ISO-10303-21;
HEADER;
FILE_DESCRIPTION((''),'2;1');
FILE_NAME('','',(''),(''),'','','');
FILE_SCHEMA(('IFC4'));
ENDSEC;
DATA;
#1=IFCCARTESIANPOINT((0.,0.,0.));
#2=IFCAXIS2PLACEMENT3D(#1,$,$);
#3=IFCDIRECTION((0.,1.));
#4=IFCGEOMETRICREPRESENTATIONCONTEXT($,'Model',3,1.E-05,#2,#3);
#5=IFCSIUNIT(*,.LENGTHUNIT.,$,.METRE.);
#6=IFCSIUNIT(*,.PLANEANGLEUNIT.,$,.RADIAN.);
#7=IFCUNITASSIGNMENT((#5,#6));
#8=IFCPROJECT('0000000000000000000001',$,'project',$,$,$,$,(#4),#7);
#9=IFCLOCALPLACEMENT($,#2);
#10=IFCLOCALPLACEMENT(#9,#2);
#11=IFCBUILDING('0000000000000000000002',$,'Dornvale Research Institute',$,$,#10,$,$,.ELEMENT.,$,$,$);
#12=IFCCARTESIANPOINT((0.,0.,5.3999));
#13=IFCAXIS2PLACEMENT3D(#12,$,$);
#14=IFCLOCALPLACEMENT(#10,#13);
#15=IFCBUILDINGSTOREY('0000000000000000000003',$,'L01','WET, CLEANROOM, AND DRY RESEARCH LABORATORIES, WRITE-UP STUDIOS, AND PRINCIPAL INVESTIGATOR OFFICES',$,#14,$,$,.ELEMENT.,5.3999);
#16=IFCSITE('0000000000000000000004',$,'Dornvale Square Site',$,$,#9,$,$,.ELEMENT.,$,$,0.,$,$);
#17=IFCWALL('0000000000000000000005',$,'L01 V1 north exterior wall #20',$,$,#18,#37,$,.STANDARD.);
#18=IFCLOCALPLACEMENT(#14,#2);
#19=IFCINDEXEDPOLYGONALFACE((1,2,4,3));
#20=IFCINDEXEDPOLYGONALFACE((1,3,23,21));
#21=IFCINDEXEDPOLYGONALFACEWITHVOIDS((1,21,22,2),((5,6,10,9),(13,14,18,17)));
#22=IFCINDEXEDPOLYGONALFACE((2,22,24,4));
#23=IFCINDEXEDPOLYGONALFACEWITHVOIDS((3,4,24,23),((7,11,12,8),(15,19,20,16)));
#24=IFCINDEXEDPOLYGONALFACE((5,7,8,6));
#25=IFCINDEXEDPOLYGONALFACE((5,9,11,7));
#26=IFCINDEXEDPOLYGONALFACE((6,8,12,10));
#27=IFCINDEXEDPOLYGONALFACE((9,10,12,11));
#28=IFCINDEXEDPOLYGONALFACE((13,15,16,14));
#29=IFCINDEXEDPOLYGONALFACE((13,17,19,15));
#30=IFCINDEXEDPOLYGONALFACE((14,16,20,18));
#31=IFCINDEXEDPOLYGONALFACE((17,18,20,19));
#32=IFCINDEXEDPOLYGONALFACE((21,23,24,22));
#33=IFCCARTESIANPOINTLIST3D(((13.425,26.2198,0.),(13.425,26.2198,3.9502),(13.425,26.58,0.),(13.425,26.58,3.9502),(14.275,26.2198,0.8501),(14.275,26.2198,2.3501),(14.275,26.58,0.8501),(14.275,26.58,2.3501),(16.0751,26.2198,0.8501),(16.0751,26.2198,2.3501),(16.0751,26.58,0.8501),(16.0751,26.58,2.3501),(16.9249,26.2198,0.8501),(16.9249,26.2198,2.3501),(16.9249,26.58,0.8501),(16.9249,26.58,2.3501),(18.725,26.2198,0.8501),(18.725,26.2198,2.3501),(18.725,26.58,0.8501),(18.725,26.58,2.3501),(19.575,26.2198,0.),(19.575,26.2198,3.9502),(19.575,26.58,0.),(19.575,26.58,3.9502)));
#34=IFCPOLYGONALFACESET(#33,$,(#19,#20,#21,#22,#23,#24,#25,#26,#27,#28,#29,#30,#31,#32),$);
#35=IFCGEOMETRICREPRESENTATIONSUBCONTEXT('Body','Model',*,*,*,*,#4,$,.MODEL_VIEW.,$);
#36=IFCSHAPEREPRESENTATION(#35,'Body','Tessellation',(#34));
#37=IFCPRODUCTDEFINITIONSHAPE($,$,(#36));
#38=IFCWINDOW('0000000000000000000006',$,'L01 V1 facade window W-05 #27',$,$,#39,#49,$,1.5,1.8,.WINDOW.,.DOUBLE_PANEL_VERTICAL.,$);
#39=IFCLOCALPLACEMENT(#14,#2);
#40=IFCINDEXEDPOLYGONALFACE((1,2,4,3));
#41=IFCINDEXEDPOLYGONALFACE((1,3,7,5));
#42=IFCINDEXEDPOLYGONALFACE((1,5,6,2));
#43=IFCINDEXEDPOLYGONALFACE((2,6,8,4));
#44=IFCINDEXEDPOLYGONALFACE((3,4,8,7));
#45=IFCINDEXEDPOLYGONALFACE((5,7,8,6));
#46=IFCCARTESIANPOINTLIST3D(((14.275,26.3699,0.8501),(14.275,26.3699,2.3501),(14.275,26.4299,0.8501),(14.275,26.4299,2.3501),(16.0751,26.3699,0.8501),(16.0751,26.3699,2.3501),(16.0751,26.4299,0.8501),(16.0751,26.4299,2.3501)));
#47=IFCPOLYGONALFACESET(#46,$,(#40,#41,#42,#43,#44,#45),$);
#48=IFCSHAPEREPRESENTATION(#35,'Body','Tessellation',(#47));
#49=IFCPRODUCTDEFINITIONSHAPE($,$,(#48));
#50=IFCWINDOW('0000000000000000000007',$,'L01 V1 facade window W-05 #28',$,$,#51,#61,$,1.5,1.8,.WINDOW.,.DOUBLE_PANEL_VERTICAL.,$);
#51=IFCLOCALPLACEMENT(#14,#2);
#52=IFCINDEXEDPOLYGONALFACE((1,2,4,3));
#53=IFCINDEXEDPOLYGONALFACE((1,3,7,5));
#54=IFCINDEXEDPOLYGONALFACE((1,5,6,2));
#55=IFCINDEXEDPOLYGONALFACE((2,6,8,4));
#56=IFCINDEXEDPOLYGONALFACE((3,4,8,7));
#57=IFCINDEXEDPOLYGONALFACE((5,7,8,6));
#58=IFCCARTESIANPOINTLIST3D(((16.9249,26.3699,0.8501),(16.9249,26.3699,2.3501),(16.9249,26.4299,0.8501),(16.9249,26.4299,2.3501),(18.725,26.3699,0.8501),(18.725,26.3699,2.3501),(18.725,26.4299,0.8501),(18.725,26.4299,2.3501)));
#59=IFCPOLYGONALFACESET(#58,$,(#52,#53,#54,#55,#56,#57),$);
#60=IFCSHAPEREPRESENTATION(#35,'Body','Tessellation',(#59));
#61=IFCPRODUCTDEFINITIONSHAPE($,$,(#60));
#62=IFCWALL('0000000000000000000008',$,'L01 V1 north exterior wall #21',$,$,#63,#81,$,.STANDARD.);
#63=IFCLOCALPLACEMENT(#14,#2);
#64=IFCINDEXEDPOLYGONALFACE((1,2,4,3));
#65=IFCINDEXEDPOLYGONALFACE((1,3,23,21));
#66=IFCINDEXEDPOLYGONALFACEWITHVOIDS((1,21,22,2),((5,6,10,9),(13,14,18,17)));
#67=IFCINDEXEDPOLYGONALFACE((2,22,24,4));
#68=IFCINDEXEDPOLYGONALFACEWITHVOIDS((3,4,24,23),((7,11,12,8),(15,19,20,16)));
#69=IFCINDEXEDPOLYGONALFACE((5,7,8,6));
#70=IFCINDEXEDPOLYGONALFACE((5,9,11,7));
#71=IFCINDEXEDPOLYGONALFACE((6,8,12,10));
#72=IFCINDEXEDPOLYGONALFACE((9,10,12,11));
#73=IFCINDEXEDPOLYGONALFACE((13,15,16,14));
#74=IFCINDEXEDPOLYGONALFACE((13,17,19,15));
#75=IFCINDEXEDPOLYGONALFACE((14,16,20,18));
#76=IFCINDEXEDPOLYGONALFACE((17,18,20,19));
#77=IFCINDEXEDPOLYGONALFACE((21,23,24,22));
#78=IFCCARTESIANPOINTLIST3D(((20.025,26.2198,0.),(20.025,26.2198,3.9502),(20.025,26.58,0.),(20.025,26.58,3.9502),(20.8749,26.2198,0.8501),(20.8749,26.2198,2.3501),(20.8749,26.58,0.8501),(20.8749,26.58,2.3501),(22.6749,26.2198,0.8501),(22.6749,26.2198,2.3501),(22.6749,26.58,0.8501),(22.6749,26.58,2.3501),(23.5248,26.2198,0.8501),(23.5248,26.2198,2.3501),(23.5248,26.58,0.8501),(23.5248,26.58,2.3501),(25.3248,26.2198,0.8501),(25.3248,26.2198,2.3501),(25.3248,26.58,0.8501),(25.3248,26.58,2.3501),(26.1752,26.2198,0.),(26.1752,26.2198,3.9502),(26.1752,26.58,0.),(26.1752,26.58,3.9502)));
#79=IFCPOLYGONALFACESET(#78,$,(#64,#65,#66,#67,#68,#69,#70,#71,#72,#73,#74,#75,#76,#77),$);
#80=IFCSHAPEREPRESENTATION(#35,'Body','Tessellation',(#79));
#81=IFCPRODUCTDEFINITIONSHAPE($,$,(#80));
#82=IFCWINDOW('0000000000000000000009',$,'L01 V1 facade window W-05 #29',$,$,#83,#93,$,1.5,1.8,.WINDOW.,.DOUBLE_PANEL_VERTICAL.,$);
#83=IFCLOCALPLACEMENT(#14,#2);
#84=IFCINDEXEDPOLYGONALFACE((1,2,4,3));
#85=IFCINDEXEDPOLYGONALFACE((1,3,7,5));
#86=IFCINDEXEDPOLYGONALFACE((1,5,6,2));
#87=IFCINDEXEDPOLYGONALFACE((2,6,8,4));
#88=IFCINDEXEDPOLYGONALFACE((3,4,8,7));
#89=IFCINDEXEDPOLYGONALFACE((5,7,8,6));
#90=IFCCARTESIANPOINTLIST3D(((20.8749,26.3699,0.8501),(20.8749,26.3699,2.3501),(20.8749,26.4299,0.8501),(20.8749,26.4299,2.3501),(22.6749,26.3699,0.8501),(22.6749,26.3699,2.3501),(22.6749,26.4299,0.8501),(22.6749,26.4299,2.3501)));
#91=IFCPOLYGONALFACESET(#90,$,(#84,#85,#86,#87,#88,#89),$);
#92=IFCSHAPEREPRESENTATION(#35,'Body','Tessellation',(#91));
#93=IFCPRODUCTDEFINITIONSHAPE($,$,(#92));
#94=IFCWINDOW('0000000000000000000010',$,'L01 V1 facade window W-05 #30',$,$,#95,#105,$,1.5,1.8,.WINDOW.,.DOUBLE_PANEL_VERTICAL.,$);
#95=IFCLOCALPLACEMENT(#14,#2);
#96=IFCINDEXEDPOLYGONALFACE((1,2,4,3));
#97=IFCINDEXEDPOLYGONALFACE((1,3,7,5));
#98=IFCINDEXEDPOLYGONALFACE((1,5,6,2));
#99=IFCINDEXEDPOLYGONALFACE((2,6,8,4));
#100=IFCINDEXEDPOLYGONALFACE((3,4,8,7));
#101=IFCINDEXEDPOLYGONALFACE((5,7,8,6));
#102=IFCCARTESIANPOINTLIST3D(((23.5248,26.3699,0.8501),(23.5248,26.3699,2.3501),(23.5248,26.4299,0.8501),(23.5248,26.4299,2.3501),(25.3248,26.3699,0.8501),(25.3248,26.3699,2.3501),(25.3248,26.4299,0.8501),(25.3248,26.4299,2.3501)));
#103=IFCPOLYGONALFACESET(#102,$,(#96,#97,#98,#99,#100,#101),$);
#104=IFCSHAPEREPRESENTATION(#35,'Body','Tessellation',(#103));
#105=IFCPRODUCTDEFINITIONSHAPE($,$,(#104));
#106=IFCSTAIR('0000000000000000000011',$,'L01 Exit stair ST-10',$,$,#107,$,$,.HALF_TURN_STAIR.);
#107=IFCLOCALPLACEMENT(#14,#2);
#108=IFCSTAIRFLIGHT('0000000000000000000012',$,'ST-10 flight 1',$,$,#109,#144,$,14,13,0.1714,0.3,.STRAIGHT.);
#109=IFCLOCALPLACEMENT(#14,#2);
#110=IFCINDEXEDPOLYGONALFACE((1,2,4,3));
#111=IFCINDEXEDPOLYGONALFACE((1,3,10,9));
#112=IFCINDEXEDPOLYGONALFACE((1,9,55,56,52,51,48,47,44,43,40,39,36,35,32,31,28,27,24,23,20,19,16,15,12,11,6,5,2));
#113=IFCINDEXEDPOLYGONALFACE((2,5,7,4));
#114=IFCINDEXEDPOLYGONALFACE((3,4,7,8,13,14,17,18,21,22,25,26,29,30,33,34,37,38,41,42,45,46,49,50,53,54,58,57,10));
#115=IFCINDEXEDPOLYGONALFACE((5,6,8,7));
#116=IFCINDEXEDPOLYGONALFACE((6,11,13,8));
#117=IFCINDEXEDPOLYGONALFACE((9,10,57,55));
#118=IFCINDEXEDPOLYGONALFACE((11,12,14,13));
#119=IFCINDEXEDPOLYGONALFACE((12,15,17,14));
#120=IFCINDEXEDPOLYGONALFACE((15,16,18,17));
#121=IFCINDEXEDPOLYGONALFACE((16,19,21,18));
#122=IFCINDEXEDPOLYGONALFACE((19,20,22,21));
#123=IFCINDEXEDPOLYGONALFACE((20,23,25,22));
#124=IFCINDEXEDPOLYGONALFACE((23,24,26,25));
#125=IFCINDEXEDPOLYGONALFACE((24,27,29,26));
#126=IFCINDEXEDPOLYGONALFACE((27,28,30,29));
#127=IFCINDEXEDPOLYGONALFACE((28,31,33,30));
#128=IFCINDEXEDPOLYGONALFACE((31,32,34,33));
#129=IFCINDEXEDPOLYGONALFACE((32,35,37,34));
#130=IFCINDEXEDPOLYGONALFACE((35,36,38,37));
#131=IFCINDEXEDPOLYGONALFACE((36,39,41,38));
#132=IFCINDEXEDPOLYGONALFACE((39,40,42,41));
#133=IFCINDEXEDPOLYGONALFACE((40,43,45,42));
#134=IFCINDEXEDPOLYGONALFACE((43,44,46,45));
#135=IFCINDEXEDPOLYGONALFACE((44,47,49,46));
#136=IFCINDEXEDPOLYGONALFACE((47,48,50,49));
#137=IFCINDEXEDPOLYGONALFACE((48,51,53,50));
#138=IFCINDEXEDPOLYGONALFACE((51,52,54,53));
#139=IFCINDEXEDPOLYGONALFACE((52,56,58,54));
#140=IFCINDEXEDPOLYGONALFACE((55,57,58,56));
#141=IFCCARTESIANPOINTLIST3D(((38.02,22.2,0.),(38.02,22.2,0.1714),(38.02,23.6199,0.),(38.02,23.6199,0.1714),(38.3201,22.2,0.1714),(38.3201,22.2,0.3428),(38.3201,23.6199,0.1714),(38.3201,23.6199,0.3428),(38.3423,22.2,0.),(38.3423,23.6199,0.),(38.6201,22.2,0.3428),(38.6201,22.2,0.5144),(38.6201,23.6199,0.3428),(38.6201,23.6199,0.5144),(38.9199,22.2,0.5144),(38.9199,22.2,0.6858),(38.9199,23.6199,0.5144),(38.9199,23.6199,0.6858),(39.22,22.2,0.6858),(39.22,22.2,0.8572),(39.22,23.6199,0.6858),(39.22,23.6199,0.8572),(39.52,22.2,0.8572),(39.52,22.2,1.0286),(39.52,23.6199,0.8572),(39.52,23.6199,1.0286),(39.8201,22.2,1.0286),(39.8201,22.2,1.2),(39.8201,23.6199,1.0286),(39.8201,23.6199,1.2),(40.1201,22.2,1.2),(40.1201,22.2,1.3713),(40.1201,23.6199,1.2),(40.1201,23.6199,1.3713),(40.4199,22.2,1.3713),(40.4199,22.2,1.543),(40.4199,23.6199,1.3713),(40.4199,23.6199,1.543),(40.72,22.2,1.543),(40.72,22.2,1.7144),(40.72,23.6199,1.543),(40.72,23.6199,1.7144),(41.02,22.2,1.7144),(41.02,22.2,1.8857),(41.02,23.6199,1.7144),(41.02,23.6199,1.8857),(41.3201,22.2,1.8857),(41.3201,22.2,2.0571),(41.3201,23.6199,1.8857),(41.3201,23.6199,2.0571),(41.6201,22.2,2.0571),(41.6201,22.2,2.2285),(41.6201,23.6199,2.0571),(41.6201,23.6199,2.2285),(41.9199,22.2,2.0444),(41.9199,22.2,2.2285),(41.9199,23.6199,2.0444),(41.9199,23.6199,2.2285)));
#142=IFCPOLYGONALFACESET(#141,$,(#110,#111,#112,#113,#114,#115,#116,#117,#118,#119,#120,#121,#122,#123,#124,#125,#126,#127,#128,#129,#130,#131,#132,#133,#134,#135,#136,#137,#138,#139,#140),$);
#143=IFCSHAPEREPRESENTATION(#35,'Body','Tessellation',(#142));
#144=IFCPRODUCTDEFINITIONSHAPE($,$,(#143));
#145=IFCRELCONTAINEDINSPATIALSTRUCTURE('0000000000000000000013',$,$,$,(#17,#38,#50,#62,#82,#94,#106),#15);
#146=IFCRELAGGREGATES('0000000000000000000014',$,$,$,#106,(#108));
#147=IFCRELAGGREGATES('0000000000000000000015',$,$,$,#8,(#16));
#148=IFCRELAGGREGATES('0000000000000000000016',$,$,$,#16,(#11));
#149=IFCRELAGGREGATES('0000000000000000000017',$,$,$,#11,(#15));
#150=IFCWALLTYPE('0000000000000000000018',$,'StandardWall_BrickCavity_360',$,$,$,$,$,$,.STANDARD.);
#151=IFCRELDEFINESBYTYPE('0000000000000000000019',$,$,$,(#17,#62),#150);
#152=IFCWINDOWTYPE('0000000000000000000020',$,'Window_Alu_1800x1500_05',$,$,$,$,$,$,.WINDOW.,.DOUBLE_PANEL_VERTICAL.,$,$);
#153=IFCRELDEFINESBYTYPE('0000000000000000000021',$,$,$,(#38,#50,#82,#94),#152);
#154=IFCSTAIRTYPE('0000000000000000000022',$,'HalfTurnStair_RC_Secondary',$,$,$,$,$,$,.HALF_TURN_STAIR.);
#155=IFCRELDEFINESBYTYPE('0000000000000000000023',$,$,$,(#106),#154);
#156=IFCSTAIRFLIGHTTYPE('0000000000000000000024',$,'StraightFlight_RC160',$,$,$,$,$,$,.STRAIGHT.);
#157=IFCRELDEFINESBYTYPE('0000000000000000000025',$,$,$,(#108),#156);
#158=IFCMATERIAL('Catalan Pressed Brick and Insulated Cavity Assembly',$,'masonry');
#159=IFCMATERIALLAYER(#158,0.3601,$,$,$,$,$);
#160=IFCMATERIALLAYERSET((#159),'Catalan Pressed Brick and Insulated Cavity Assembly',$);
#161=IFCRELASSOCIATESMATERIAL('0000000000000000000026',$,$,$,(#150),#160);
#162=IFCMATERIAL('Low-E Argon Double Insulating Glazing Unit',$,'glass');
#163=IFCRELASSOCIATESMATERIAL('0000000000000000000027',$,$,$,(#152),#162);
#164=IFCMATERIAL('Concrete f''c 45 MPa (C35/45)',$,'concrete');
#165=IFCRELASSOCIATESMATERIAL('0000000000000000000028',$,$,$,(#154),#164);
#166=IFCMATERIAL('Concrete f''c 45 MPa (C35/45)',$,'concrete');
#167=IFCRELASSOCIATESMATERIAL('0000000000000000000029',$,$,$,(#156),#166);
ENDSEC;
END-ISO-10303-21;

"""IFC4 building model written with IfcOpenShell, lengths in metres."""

from ifc_helpers import new_model, si_unit, direction, frame, frame_2d, origin, place, context, subcontext, project, spatial, polyline, rectangle, outline, extrude, material, layer, layer_set, type_object, element, fill, aggregate, save


model = new_model("IFC4")

# Units and contexts
model_context = context("Model", 3, precision=1e-05, world=origin(), true_north=direction((0.0, 1.0)))
body_context = subcontext(model_context, "Body", "Model", "MODEL_VIEW")
ifc_project = project(units=[si_unit("LENGTHUNIT", "METRE"), si_unit("PLANEANGLEUNIT", "RADIAN")], contexts=[model_context])

# Site, building, storey
site_placement = place(None, origin())
site = spatial("IfcSite", under=ifc_project, at=site_placement, Name="Dornvale Square Site", CompositionType="ELEMENT", RefElevation=0.0)
building_placement = place(site_placement, origin())
building = spatial("IfcBuilding", under=site, at=building_placement, Name="Dornvale Research Institute", CompositionType="ELEMENT")
storey_placement = place(building_placement, frame((0.0, 0.0, 5.3999)))
storey = spatial("IfcBuildingStorey", under=building, at=storey_placement, Name="L01", Description="WET, CLEANROOM, AND DRY RESEARCH LABORATORIES, WRITE-UP STUDIOS, AND PRINCIPAL INVESTIGATOR OFFICES", CompositionType="ELEMENT", Elevation=5.3999)

# Walls, openings, windows
ifc_material_1 = material(Name="Catalan Pressed Brick and Insulated Cavity Assembly", Category="masonry")
ifc_layer_1 = layer(ifc_material_1, 0.3601)
ifc_layer_set_1 = layer_set([ifc_layer_1], Name="Catalan Pressed Brick and Insulated Cavity Assembly")
wall_type_1 = type_object("IfcWallType", Name="StandardWall_BrickCavity_360", PredefinedType="STANDARD", material=ifc_layer_set_1)
wall_1_placement = place(storey_placement, frame((13.425, 26.3999, 0.0), z_axis=(0.0, 0.0, 1.0), x_axis=(1.0, 0.0, 0.0)))
wall_1 = element("IfcWall", 1, at=wall_1_placement, inside=storey, type_object=wall_type_1, Name="L01 V1 north exterior wall #20", PredefinedType="STANDARD", context=body_context, shape_type="SweptSolid", body=[
    extrude(rectangle(XDim=6.1499, YDim=0.3601, at=frame_2d((3.075, 0.0))), origin(), (0.0, 0.0, 1.0), 3.9502),
])
opening_1_placement = place(wall_1_placement, frame((0.8501, 0.0, 0.8501)))
opening_1 = element("IfcOpeningElement", 2, at=opening_1_placement, cuts=wall_1, PredefinedType="OPENING", context=body_context, shape_type="SweptSolid", body=[
    extrude(rectangle(XDim=1.8, YDim=1.5, at=frame_2d((0.8999, 0.75))), frame((0.0, 0.1951, 0.0), z_axis=(0.0, -1.0, 0.0), x_axis=(1.0, 0.0, 0.0)), (0.0, 0.0, 1.0), 0.3901),
])
opening_2_placement = place(wall_1_placement, frame((3.5, 0.0, 0.8501)))
opening_2 = element("IfcOpeningElement", 3, at=opening_2_placement, cuts=wall_1, PredefinedType="OPENING", context=body_context, shape_type="SweptSolid", body=[
    extrude(rectangle(XDim=1.8, YDim=1.5, at=frame_2d((0.8999, 0.75))), frame((0.0, 0.1951, 0.0), z_axis=(0.0, -1.0, 0.0), x_axis=(1.0, 0.0, 0.0)), (0.0, 0.0, 1.0), 0.3901),
])
ifc_material_2 = material(Name="Low-E Argon Double Insulating Glazing Unit", Category="glass")
window_type = type_object("IfcWindowType", Name="Window_Alu_1800x1500_05", PartitioningType="DOUBLE_PANEL_VERTICAL", PredefinedType="WINDOW", material=ifc_material_2)
window_1_placement = place(opening_1_placement, origin())
window_1 = element("IfcWindow", 4, at=window_1_placement, inside=storey, type_object=window_type, Name="L01 V1 facade window W-05 #27", OverallHeight=1.5, OverallWidth=1.8, PartitioningType="DOUBLE_PANEL_VERTICAL", PredefinedType="WINDOW", context=body_context, shape_type="SweptSolid", body=[
    extrude(rectangle(XDim=1.8, YDim=1.5, at=frame_2d((0.8999, 0.75))), frame((0.0, 0.03, 0.0), z_axis=(0.0, -1.0, 0.0), x_axis=(1.0, 0.0, 0.0)), (0.0, 0.0, 1.0), 0.0601),
])
fill(opening_1, window_1)
window_2_placement = place(opening_2_placement, origin())
window_2 = element("IfcWindow", 5, at=window_2_placement, inside=storey, type_object=window_type, Name="L01 V1 facade window W-05 #28", OverallHeight=1.5, OverallWidth=1.8, PartitioningType="DOUBLE_PANEL_VERTICAL", PredefinedType="WINDOW", context=body_context, shape_type="SweptSolid", body=[
    extrude(rectangle(XDim=1.8, YDim=1.5, at=frame_2d((0.8999, 0.75))), frame((0.0, 0.03, 0.0), z_axis=(0.0, -1.0, 0.0), x_axis=(1.0, 0.0, 0.0)), (0.0, 0.0, 1.0), 0.0601),
])
fill(opening_2, window_2)
wall_2_placement = place(storey_placement, frame((20.0249, 26.3999, 0.0), z_axis=(0.0, 0.0, 1.0), x_axis=(1.0, 0.0, 0.0)))
wall_2 = element("IfcWall", 6, at=wall_2_placement, inside=storey, type_object=wall_type_1, Name="L01 V1 north exterior wall #21", PredefinedType="STANDARD", context=body_context, shape_type="SweptSolid", body=[
    extrude(rectangle(XDim=6.1501, YDim=0.3601, at=frame_2d((3.0752, 0.0))), origin(), (0.0, 0.0, 1.0), 3.9502),
])
opening_3_placement = place(wall_2_placement, frame((0.8501, 0.0, 0.8501)))
opening_3 = element("IfcOpeningElement", 7, at=opening_3_placement, cuts=wall_2, PredefinedType="OPENING", context=body_context, shape_type="SweptSolid", body=[
    extrude(rectangle(XDim=1.8, YDim=1.5, at=frame_2d((0.8999, 0.75))), frame((0.0, 0.1951, 0.0), z_axis=(0.0, -1.0, 0.0), x_axis=(1.0, 0.0, 0.0)), (0.0, 0.0, 1.0), 0.3901),
])
opening_4_placement = place(wall_2_placement, frame((3.5, 0.0, 0.8501)))
opening_4 = element("IfcOpeningElement", 8, at=opening_4_placement, cuts=wall_2, PredefinedType="OPENING", context=body_context, shape_type="SweptSolid", body=[
    extrude(rectangle(XDim=1.8, YDim=1.5, at=frame_2d((0.8999, 0.75))), frame((0.0, 0.1951, 0.0), z_axis=(0.0, -1.0, 0.0), x_axis=(1.0, 0.0, 0.0)), (0.0, 0.0, 1.0), 0.3901),
])
window_3_placement = place(opening_3_placement, origin())
window_3 = element("IfcWindow", 9, at=window_3_placement, inside=storey, type_object=window_type, Name="L01 V1 facade window W-05 #29", OverallHeight=1.5, OverallWidth=1.8, PartitioningType="DOUBLE_PANEL_VERTICAL", PredefinedType="WINDOW", context=body_context, shape_type="SweptSolid", body=[
    extrude(rectangle(XDim=1.8, YDim=1.5, at=frame_2d((0.8999, 0.75))), frame((0.0, 0.03, 0.0), z_axis=(0.0, -1.0, 0.0), x_axis=(1.0, 0.0, 0.0)), (0.0, 0.0, 1.0), 0.0601),
])
fill(opening_3, window_3)
window_4_placement = place(opening_4_placement, origin())
window_4 = element("IfcWindow", 10, at=window_4_placement, inside=storey, type_object=window_type, Name="L01 V1 facade window W-05 #30", OverallHeight=1.5, OverallWidth=1.8, PartitioningType="DOUBLE_PANEL_VERTICAL", PredefinedType="WINDOW", context=body_context, shape_type="SweptSolid", body=[
    extrude(rectangle(XDim=1.8, YDim=1.5, at=frame_2d((0.8999, 0.75))), frame((0.0, 0.03, 0.0), z_axis=(0.0, -1.0, 0.0), x_axis=(1.0, 0.0, 0.0)), (0.0, 0.0, 1.0), 0.0601),
])
fill(opening_4, window_4)

# Stair, stair flight
ifc_material_3 = material(Name="Concrete f'c 45 MPa (C35/45)", Category="concrete")
stair_type = type_object("IfcStairType", Name="HalfTurnStair_RC_Secondary", PredefinedType="HALF_TURN_STAIR", material=ifc_material_3)
stair_placement = place(storey_placement, origin())
stair = element("IfcStair", 11, at=stair_placement, inside=storey, type_object=stair_type, Name="L01 Exit stair ST-10", PredefinedType="HALF_TURN_STAIR")
ifc_material_4 = material(Name="Concrete f'c 45 MPa (C35/45)", Category="concrete")
stair_flight_type = type_object("IfcStairFlightType", Name="StraightFlight_RC160", PredefinedType="STRAIGHT", material=ifc_material_4)
stair_flight_placement = place(storey_placement, frame((38.02, 22.9099, 0.0), z_axis=(0.0, 0.0, 1.0), x_axis=(1.0, 0.0, 0.0)))
stair_flight = element("IfcStairFlight", 12, at=stair_flight_placement, type_object=stair_flight_type, Name="ST-10 flight 1", NumberOfRisers=14, NumberOfTreads=13, PredefinedType="STRAIGHT", RiserHeight=0.1714, TreadLength=0.3, context=body_context, shape_type="SweptSolid", body=[
    extrude(outline(polyline([(0.0, 0.0), (0.0, 0.1714), (0.3, 0.1714), (0.3, 0.3428), (0.6001, 0.3428), (0.6001, 0.5144), (0.8999, 0.5144), (0.8999, 0.6858), (1.2, 0.6858), (1.2, 0.8572), (1.5, 0.8572), (1.5, 1.0286), (1.8, 1.0286), (1.8, 1.2), (2.1001, 1.2), (2.1001, 1.3713), (2.3999, 1.3713), (2.3999, 1.543), (2.7, 1.543), (2.7, 1.7144), (3.0, 1.7144), (3.0, 1.8857), (3.3, 1.8857), (3.3, 2.0571), (3.6001, 2.0571), (3.6001, 2.2285), (3.8999, 2.2285), (3.8999, 2.3999), (3.8999, 2.0444), (0.3223, 0.0), (0.0, 0.0)])), frame((0.0, 0.71, 0.0), z_axis=(0.0, -1.0, 0.0), x_axis=(1.0, 0.0, 0.0)), (0.0, 0.0, 1.0), 1.4199),
])
aggregate(stair, [stair_flight])

save(model, "model.ifc")
